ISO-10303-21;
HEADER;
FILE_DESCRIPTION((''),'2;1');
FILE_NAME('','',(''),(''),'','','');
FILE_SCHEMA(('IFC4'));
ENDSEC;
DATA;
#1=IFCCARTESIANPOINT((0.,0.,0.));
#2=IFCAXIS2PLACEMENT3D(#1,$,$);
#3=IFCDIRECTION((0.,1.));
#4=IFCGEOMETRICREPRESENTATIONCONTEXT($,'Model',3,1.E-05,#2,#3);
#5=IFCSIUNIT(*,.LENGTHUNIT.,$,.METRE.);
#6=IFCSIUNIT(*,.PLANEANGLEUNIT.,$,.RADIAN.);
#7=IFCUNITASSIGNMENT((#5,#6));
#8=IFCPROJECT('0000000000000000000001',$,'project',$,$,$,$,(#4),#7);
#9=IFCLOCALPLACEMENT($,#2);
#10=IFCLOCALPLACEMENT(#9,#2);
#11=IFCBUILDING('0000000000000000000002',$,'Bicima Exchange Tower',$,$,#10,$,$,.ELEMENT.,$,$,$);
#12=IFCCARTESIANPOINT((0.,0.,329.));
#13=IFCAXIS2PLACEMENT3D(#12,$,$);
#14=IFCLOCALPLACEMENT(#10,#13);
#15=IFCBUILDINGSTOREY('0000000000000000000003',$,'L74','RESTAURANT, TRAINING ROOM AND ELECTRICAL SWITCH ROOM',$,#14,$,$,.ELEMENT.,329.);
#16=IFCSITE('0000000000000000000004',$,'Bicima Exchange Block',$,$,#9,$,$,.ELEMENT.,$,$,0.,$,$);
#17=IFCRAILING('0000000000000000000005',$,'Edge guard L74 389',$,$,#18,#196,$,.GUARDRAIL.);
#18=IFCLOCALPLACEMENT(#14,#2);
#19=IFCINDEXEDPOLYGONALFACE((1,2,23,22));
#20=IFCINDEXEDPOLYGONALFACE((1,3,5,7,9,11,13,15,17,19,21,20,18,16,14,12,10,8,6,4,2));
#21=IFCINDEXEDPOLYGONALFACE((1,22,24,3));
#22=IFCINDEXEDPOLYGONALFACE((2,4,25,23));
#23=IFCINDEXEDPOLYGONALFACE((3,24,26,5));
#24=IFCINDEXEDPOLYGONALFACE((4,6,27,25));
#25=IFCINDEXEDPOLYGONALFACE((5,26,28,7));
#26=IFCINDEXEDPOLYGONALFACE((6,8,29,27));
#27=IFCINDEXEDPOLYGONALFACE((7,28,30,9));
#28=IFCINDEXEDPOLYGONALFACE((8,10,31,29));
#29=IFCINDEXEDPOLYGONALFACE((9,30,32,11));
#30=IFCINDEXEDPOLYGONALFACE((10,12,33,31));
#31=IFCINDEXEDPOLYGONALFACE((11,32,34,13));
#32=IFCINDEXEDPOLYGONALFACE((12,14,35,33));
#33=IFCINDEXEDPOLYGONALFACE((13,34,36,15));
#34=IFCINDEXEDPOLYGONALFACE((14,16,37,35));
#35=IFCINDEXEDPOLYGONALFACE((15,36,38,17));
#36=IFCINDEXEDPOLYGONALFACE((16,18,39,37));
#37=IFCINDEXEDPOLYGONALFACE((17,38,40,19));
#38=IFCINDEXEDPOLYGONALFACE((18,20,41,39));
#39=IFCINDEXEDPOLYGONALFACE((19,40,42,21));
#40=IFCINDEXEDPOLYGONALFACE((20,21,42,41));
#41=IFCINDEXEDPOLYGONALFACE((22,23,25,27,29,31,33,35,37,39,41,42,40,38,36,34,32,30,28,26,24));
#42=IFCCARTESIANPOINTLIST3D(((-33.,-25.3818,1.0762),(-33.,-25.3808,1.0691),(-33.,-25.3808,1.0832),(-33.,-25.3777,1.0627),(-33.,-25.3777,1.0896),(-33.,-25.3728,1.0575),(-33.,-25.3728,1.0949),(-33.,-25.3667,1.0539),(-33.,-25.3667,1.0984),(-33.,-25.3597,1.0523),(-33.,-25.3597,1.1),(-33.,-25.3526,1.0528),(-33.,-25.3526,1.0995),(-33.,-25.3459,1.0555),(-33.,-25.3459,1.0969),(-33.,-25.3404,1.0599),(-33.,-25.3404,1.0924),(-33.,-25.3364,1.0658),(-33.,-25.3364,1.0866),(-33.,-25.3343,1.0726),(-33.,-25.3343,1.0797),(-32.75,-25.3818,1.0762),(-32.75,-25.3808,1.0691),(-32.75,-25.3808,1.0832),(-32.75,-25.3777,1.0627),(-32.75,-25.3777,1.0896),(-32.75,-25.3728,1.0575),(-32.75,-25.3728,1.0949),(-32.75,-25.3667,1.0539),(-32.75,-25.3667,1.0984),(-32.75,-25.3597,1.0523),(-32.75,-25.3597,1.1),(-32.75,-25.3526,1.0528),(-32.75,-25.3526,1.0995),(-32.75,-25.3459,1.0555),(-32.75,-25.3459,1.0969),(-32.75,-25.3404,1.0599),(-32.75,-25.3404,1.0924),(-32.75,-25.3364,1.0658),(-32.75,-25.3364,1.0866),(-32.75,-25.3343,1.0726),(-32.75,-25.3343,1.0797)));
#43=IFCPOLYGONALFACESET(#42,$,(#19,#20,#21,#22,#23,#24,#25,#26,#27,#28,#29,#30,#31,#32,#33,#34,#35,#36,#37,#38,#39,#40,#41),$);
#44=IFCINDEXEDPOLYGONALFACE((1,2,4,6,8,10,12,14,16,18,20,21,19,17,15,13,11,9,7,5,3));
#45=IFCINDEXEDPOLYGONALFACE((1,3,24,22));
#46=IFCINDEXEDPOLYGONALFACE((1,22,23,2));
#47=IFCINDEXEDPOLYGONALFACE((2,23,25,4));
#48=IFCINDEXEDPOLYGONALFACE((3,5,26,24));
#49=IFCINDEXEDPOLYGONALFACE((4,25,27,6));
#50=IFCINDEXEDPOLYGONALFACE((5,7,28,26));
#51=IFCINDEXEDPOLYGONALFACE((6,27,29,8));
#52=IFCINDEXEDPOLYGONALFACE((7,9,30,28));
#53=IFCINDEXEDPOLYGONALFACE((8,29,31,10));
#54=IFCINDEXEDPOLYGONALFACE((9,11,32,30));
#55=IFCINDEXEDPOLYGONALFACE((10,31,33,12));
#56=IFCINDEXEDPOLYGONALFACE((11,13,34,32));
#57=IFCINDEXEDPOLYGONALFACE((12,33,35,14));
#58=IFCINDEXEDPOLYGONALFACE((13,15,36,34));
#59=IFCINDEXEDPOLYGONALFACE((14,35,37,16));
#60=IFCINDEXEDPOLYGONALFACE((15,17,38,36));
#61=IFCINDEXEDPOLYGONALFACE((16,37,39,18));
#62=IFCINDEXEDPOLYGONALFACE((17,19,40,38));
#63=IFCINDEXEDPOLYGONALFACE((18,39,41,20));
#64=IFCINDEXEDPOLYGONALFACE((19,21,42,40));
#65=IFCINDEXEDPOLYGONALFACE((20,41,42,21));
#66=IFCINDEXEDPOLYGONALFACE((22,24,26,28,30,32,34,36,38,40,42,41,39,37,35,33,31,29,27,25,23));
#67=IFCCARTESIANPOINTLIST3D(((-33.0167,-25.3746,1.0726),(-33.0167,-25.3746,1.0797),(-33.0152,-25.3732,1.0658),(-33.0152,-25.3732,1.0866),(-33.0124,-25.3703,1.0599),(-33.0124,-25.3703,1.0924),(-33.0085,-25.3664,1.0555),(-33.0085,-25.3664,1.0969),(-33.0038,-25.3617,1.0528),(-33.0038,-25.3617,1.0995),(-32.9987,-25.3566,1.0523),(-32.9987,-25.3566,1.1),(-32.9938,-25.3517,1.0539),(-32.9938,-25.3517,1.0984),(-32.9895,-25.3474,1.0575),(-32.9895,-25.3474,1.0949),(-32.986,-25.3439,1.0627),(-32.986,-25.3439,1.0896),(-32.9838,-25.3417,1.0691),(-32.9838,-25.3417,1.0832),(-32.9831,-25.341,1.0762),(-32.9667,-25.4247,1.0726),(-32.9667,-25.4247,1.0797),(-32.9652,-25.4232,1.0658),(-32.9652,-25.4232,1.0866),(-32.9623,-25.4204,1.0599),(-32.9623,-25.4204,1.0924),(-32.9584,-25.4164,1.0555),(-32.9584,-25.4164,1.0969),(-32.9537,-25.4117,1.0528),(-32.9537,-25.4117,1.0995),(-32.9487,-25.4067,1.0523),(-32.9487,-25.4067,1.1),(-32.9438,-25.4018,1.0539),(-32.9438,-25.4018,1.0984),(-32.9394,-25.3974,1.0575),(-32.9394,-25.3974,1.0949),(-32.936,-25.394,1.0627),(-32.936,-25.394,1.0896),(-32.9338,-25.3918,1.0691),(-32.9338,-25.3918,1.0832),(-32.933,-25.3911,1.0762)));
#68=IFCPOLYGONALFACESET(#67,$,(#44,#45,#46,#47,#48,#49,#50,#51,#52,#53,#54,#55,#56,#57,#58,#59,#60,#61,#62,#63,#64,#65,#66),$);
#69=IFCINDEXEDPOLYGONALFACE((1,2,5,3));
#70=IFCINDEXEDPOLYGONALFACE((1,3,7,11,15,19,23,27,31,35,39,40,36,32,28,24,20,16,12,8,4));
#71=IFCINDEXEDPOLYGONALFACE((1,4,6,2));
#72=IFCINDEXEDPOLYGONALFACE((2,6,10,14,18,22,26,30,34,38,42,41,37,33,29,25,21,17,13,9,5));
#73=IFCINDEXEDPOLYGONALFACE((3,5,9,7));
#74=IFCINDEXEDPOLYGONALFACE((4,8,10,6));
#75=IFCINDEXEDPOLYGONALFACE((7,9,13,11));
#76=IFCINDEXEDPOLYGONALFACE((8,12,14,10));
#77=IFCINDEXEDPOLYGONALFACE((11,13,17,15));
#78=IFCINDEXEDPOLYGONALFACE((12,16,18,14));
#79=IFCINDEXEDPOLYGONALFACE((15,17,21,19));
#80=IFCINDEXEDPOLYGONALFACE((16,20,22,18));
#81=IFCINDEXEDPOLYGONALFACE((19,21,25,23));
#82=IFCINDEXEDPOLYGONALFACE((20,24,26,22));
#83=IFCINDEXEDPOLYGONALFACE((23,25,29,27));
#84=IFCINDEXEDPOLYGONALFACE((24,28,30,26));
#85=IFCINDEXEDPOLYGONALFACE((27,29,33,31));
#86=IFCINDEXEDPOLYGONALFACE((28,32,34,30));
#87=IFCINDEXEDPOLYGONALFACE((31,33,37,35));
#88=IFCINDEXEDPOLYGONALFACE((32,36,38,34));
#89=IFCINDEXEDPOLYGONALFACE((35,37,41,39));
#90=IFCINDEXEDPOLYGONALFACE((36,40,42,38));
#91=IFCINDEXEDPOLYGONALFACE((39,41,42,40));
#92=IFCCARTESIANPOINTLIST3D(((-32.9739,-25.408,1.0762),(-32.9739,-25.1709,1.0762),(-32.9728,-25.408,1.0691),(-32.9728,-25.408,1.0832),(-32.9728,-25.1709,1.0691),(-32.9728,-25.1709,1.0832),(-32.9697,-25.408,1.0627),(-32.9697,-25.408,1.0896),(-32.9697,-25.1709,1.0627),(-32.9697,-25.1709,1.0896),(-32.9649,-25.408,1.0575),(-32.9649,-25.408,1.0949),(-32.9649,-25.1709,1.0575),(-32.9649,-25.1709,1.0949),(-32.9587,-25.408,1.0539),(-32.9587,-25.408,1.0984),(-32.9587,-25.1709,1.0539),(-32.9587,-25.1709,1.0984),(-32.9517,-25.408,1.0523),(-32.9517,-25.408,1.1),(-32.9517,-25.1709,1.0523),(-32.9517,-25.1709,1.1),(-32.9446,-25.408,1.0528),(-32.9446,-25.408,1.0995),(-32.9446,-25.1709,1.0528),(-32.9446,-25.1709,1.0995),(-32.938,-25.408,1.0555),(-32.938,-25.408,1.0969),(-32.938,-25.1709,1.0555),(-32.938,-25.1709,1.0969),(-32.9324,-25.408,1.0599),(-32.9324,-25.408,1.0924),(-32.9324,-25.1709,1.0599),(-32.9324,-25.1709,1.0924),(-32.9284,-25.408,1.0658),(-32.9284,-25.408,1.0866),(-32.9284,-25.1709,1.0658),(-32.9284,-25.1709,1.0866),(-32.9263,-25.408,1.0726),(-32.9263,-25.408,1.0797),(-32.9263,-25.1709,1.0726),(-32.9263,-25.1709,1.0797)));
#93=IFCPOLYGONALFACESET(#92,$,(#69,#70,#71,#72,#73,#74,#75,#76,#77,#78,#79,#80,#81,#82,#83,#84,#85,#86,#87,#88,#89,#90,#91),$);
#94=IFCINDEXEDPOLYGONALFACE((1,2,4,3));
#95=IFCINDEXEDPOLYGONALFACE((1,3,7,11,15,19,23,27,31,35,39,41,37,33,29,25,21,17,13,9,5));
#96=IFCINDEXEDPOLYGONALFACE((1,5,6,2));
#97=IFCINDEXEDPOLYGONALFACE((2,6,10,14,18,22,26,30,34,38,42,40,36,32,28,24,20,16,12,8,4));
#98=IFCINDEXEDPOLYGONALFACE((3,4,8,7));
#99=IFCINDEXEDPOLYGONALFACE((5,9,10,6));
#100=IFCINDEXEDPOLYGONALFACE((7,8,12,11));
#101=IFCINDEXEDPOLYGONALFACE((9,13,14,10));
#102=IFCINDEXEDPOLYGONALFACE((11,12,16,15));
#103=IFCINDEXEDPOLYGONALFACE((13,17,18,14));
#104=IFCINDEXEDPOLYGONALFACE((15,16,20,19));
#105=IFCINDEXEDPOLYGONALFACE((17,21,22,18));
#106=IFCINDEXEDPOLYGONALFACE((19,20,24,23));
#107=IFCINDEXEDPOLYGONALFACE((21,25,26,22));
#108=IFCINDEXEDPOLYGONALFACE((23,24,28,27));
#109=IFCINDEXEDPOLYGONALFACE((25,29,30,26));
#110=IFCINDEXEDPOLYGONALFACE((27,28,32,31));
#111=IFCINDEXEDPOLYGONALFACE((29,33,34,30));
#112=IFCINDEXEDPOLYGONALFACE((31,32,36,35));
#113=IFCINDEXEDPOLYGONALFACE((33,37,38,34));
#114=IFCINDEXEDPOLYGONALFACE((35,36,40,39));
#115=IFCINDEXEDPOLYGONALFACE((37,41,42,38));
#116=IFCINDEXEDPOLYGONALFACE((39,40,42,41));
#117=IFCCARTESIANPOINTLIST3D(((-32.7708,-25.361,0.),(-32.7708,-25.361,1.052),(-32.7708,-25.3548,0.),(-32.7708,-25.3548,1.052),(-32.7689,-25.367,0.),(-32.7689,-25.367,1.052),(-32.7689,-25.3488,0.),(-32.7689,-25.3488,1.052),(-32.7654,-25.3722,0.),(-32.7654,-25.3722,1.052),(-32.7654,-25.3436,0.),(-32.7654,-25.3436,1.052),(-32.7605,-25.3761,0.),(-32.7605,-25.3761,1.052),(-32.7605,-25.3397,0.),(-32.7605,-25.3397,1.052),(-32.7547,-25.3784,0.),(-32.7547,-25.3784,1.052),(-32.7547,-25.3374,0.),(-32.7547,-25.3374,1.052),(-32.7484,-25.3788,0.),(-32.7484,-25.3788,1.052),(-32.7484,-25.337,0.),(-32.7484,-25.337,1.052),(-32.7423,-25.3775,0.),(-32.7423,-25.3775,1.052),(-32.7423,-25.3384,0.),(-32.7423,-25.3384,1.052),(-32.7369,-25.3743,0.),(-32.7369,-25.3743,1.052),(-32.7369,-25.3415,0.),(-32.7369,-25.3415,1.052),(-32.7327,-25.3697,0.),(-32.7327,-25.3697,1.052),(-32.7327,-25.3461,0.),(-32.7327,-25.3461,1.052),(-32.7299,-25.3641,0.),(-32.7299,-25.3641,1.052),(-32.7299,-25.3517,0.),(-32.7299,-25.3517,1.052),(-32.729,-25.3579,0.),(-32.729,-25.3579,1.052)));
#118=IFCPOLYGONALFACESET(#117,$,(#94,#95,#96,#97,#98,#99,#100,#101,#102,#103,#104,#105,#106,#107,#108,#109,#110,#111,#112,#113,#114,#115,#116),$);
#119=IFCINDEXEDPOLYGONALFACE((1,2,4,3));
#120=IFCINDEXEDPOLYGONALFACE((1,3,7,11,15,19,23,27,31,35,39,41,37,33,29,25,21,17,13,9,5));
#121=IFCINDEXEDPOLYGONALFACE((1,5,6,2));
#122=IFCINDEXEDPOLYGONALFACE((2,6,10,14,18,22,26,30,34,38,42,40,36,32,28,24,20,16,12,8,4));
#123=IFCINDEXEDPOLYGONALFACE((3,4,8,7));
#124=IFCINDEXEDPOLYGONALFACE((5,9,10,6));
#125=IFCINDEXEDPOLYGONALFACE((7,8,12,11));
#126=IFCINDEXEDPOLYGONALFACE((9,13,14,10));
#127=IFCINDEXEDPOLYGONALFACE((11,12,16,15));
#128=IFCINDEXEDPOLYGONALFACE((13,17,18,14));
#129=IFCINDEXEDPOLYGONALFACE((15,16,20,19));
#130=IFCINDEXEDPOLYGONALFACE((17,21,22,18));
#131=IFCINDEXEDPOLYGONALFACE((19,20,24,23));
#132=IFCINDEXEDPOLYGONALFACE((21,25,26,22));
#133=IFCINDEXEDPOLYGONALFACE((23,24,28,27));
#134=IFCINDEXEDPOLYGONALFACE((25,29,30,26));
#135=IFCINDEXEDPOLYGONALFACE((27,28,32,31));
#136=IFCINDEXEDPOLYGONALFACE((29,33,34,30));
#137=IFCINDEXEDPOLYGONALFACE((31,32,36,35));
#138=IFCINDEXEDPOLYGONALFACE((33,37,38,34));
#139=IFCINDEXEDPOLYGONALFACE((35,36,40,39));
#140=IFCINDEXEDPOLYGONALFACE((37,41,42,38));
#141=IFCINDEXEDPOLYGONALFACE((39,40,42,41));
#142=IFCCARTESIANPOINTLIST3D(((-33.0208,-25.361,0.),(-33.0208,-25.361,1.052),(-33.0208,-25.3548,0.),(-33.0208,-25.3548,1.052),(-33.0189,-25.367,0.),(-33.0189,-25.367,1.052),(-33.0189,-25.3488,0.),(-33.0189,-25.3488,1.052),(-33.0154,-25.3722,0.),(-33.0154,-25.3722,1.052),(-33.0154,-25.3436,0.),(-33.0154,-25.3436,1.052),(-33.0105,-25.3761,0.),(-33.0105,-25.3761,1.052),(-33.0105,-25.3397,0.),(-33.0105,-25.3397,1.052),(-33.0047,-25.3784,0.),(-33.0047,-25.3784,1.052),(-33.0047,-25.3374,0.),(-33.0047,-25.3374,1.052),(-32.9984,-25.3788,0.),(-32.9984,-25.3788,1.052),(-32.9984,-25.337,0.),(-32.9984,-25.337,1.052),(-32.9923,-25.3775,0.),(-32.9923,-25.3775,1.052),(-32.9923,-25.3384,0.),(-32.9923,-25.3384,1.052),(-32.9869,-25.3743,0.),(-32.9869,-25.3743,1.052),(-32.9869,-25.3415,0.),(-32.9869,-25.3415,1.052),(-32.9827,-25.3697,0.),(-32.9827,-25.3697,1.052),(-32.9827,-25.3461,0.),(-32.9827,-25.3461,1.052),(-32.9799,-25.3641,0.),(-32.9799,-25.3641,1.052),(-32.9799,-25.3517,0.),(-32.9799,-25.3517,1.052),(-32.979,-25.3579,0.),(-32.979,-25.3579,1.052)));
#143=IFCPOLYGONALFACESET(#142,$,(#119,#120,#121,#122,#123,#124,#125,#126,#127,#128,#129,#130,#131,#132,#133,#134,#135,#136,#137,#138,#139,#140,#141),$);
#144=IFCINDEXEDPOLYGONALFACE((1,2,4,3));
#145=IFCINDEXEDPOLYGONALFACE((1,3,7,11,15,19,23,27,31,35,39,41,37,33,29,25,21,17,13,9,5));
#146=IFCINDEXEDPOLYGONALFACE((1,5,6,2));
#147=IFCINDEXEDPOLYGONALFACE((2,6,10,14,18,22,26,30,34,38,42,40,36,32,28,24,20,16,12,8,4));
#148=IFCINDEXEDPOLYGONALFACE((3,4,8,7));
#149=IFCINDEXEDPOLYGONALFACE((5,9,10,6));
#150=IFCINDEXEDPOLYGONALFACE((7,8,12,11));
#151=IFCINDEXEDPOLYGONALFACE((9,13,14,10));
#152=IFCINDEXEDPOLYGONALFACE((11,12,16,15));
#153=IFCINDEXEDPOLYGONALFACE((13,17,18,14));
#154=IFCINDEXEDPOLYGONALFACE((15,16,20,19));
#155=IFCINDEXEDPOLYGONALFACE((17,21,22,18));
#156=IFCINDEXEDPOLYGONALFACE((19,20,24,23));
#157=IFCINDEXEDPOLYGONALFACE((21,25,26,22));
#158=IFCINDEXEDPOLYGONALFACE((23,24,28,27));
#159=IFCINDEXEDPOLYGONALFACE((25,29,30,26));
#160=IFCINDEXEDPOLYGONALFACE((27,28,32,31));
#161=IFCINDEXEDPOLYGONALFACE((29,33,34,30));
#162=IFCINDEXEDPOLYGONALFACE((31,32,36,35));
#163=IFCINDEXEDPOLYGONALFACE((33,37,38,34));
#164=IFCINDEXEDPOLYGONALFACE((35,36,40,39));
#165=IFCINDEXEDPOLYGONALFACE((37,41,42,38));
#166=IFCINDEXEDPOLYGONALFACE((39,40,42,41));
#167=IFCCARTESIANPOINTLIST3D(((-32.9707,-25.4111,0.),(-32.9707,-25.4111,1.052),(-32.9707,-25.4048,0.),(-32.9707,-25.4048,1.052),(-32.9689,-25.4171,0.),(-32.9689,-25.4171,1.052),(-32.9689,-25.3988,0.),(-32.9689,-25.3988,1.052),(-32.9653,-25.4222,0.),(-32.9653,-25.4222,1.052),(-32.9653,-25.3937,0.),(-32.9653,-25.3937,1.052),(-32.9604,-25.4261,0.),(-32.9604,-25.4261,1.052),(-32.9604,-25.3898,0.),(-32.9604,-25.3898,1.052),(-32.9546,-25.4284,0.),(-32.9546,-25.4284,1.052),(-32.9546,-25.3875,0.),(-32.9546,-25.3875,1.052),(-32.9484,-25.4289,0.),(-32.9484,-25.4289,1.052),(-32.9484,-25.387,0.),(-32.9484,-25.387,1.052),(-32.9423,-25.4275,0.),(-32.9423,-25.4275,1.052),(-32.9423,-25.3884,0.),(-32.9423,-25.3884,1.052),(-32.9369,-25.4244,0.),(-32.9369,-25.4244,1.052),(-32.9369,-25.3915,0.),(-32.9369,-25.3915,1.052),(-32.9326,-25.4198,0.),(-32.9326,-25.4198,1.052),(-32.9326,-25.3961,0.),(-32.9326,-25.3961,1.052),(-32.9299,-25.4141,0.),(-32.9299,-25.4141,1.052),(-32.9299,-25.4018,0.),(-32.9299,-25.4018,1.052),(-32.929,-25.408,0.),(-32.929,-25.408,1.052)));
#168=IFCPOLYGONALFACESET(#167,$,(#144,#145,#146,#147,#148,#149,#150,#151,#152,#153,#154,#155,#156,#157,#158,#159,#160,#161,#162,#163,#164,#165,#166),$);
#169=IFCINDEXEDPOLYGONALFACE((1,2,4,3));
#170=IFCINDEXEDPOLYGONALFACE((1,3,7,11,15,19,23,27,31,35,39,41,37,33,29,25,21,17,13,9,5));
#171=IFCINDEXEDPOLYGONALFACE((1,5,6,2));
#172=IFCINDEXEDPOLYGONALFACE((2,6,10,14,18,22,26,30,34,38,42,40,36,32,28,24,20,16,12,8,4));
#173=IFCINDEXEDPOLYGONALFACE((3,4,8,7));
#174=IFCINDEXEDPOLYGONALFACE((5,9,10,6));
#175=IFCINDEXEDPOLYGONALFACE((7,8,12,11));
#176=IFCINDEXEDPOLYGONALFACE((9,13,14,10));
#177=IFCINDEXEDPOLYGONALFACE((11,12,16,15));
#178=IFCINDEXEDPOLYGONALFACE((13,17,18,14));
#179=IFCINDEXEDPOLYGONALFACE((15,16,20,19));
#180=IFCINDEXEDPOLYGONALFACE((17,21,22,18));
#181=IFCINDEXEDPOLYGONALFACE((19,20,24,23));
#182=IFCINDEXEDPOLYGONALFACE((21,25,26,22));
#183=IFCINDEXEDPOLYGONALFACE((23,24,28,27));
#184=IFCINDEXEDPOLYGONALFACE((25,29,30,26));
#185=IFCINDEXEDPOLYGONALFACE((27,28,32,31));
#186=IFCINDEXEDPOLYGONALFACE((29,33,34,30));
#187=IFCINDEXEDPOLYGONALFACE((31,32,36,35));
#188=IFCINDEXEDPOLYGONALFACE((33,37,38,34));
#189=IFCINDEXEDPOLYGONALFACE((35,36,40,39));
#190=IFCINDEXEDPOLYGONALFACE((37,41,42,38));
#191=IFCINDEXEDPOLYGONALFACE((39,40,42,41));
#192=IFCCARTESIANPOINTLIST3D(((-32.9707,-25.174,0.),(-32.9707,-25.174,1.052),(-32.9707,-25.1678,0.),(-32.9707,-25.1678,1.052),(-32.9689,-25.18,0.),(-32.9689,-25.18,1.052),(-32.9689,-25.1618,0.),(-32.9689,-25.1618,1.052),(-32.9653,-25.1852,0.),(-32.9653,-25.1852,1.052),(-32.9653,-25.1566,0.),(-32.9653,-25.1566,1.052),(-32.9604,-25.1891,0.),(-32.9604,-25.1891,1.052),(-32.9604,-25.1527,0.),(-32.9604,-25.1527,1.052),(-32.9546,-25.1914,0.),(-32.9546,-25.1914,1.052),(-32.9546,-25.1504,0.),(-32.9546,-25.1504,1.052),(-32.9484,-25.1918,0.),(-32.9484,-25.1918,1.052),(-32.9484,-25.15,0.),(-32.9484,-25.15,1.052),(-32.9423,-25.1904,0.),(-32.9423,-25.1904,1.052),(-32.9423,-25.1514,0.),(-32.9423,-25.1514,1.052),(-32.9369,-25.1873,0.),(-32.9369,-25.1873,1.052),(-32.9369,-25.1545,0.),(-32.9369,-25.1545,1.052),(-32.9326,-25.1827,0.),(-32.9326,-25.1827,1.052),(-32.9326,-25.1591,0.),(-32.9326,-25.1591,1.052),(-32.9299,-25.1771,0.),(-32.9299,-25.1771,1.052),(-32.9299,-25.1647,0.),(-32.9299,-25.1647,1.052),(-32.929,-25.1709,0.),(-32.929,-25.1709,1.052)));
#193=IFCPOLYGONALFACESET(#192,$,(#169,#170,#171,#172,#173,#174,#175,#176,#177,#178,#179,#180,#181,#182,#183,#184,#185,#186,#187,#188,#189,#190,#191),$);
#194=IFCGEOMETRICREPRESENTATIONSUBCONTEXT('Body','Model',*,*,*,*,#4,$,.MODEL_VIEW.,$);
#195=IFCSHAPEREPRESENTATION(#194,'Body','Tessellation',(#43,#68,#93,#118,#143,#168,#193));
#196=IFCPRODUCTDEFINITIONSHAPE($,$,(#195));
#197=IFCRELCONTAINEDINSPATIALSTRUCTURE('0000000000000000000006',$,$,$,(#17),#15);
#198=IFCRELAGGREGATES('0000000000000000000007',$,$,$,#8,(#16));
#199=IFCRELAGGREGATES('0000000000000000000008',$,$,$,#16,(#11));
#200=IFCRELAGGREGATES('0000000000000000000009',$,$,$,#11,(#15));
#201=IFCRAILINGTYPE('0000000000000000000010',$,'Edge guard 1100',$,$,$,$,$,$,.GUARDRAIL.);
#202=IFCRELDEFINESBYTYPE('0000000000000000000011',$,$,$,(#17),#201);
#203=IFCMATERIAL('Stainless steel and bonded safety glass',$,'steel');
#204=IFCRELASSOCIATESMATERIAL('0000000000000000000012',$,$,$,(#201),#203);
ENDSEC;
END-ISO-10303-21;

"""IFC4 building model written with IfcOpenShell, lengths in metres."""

from ifc_helpers import new_model, si_unit, direction, frame, origin, origin_2d, place, context, subcontext, project, spatial, circle, extrude, material, type_object, element, save


model = new_model("IFC4")

# Units and contexts
model_context = context("Model", 3, precision=1e-05, world=origin(), true_north=direction((0.0, 1.0)))
body_context = subcontext(model_context, "Body", "Model", "MODEL_VIEW")
ifc_project = project(units=[si_unit("LENGTHUNIT", "METRE"), si_unit("PLANEANGLEUNIT", "RADIAN")], contexts=[model_context])

# Site, building, storey
site_placement = place(None, origin())
site = spatial("IfcSite", under=ifc_project, at=site_placement, Name="Bicima Exchange Block", CompositionType="ELEMENT", RefElevation=0.0)
building_placement = place(site_placement, origin())
building = spatial("IfcBuilding", under=site, at=building_placement, Name="Bicima Exchange Tower", CompositionType="ELEMENT")
storey_placement = place(building_placement, frame((0.0, 0.0, 329.0)))
storey = spatial("IfcBuildingStorey", under=building, at=storey_placement, Name="L74", Description="RESTAURANT, TRAINING ROOM AND ELECTRICAL SWITCH ROOM", CompositionType="ELEMENT", Elevation=329.0)

# Railing
ifc_material_1 = material(Name="Stainless steel and bonded safety glass", Category="steel")
railing_type = type_object("IfcRailingType", Name="Edge guard 1100", PredefinedType="GUARDRAIL", material=ifc_material_1)
railing_placement = place(storey_placement, frame((-32.75, -25.3579, 0.0)))
element("IfcRailing", 1, at=railing_placement, inside=storey, type_object=railing_type, Name="Edge guard L74 389", PredefinedType="GUARDRAIL", context=body_context, shape_type="SweptSolid", body=[
    extrude(circle(Radius=0.0239, at=origin_2d()), frame((0.0, 0.0, 1.0762), z_axis=(-1.0, 0.0, 0.0), x_axis=(0.0, -1.0, 0.0)), (0.0, 0.0, 1.0), 0.25),
    extrude(circle(Radius=0.0239, at=origin_2d()), frame((-0.25, 0.0, 1.0762), z_axis=(0.707107, -0.707107, 0.0), x_axis=(0.707107, 0.707107, 0.0)), (0.0, 0.0, 1.0), 0.0708),
    extrude(circle(Radius=0.0239, at=origin_2d()), frame((-0.2, -0.05, 1.0762), z_axis=(0.0, 1.0, 0.0), x_axis=(-1.0, 0.0, 0.0)), (0.0, 0.0, 1.0), 0.2371),
    extrude(circle(Radius=0.021, at=origin_2d()), origin(), (0.0, 0.0, 1.0), 1.052),
    extrude(circle(Radius=0.021, at=origin_2d()), frame((-0.25, 0.0, 0.0)), (0.0, 0.0, 1.0), 1.052),
    extrude(circle(Radius=0.021, at=origin_2d()), frame((-0.2, -0.05, 0.0)), (0.0, 0.0, 1.0), 1.052),
    extrude(circle(Radius=0.021, at=origin_2d()), frame((-0.2, 0.187, 0.0)), (0.0, 0.0, 1.0), 1.052),
])

save(model, "model.ifc")
